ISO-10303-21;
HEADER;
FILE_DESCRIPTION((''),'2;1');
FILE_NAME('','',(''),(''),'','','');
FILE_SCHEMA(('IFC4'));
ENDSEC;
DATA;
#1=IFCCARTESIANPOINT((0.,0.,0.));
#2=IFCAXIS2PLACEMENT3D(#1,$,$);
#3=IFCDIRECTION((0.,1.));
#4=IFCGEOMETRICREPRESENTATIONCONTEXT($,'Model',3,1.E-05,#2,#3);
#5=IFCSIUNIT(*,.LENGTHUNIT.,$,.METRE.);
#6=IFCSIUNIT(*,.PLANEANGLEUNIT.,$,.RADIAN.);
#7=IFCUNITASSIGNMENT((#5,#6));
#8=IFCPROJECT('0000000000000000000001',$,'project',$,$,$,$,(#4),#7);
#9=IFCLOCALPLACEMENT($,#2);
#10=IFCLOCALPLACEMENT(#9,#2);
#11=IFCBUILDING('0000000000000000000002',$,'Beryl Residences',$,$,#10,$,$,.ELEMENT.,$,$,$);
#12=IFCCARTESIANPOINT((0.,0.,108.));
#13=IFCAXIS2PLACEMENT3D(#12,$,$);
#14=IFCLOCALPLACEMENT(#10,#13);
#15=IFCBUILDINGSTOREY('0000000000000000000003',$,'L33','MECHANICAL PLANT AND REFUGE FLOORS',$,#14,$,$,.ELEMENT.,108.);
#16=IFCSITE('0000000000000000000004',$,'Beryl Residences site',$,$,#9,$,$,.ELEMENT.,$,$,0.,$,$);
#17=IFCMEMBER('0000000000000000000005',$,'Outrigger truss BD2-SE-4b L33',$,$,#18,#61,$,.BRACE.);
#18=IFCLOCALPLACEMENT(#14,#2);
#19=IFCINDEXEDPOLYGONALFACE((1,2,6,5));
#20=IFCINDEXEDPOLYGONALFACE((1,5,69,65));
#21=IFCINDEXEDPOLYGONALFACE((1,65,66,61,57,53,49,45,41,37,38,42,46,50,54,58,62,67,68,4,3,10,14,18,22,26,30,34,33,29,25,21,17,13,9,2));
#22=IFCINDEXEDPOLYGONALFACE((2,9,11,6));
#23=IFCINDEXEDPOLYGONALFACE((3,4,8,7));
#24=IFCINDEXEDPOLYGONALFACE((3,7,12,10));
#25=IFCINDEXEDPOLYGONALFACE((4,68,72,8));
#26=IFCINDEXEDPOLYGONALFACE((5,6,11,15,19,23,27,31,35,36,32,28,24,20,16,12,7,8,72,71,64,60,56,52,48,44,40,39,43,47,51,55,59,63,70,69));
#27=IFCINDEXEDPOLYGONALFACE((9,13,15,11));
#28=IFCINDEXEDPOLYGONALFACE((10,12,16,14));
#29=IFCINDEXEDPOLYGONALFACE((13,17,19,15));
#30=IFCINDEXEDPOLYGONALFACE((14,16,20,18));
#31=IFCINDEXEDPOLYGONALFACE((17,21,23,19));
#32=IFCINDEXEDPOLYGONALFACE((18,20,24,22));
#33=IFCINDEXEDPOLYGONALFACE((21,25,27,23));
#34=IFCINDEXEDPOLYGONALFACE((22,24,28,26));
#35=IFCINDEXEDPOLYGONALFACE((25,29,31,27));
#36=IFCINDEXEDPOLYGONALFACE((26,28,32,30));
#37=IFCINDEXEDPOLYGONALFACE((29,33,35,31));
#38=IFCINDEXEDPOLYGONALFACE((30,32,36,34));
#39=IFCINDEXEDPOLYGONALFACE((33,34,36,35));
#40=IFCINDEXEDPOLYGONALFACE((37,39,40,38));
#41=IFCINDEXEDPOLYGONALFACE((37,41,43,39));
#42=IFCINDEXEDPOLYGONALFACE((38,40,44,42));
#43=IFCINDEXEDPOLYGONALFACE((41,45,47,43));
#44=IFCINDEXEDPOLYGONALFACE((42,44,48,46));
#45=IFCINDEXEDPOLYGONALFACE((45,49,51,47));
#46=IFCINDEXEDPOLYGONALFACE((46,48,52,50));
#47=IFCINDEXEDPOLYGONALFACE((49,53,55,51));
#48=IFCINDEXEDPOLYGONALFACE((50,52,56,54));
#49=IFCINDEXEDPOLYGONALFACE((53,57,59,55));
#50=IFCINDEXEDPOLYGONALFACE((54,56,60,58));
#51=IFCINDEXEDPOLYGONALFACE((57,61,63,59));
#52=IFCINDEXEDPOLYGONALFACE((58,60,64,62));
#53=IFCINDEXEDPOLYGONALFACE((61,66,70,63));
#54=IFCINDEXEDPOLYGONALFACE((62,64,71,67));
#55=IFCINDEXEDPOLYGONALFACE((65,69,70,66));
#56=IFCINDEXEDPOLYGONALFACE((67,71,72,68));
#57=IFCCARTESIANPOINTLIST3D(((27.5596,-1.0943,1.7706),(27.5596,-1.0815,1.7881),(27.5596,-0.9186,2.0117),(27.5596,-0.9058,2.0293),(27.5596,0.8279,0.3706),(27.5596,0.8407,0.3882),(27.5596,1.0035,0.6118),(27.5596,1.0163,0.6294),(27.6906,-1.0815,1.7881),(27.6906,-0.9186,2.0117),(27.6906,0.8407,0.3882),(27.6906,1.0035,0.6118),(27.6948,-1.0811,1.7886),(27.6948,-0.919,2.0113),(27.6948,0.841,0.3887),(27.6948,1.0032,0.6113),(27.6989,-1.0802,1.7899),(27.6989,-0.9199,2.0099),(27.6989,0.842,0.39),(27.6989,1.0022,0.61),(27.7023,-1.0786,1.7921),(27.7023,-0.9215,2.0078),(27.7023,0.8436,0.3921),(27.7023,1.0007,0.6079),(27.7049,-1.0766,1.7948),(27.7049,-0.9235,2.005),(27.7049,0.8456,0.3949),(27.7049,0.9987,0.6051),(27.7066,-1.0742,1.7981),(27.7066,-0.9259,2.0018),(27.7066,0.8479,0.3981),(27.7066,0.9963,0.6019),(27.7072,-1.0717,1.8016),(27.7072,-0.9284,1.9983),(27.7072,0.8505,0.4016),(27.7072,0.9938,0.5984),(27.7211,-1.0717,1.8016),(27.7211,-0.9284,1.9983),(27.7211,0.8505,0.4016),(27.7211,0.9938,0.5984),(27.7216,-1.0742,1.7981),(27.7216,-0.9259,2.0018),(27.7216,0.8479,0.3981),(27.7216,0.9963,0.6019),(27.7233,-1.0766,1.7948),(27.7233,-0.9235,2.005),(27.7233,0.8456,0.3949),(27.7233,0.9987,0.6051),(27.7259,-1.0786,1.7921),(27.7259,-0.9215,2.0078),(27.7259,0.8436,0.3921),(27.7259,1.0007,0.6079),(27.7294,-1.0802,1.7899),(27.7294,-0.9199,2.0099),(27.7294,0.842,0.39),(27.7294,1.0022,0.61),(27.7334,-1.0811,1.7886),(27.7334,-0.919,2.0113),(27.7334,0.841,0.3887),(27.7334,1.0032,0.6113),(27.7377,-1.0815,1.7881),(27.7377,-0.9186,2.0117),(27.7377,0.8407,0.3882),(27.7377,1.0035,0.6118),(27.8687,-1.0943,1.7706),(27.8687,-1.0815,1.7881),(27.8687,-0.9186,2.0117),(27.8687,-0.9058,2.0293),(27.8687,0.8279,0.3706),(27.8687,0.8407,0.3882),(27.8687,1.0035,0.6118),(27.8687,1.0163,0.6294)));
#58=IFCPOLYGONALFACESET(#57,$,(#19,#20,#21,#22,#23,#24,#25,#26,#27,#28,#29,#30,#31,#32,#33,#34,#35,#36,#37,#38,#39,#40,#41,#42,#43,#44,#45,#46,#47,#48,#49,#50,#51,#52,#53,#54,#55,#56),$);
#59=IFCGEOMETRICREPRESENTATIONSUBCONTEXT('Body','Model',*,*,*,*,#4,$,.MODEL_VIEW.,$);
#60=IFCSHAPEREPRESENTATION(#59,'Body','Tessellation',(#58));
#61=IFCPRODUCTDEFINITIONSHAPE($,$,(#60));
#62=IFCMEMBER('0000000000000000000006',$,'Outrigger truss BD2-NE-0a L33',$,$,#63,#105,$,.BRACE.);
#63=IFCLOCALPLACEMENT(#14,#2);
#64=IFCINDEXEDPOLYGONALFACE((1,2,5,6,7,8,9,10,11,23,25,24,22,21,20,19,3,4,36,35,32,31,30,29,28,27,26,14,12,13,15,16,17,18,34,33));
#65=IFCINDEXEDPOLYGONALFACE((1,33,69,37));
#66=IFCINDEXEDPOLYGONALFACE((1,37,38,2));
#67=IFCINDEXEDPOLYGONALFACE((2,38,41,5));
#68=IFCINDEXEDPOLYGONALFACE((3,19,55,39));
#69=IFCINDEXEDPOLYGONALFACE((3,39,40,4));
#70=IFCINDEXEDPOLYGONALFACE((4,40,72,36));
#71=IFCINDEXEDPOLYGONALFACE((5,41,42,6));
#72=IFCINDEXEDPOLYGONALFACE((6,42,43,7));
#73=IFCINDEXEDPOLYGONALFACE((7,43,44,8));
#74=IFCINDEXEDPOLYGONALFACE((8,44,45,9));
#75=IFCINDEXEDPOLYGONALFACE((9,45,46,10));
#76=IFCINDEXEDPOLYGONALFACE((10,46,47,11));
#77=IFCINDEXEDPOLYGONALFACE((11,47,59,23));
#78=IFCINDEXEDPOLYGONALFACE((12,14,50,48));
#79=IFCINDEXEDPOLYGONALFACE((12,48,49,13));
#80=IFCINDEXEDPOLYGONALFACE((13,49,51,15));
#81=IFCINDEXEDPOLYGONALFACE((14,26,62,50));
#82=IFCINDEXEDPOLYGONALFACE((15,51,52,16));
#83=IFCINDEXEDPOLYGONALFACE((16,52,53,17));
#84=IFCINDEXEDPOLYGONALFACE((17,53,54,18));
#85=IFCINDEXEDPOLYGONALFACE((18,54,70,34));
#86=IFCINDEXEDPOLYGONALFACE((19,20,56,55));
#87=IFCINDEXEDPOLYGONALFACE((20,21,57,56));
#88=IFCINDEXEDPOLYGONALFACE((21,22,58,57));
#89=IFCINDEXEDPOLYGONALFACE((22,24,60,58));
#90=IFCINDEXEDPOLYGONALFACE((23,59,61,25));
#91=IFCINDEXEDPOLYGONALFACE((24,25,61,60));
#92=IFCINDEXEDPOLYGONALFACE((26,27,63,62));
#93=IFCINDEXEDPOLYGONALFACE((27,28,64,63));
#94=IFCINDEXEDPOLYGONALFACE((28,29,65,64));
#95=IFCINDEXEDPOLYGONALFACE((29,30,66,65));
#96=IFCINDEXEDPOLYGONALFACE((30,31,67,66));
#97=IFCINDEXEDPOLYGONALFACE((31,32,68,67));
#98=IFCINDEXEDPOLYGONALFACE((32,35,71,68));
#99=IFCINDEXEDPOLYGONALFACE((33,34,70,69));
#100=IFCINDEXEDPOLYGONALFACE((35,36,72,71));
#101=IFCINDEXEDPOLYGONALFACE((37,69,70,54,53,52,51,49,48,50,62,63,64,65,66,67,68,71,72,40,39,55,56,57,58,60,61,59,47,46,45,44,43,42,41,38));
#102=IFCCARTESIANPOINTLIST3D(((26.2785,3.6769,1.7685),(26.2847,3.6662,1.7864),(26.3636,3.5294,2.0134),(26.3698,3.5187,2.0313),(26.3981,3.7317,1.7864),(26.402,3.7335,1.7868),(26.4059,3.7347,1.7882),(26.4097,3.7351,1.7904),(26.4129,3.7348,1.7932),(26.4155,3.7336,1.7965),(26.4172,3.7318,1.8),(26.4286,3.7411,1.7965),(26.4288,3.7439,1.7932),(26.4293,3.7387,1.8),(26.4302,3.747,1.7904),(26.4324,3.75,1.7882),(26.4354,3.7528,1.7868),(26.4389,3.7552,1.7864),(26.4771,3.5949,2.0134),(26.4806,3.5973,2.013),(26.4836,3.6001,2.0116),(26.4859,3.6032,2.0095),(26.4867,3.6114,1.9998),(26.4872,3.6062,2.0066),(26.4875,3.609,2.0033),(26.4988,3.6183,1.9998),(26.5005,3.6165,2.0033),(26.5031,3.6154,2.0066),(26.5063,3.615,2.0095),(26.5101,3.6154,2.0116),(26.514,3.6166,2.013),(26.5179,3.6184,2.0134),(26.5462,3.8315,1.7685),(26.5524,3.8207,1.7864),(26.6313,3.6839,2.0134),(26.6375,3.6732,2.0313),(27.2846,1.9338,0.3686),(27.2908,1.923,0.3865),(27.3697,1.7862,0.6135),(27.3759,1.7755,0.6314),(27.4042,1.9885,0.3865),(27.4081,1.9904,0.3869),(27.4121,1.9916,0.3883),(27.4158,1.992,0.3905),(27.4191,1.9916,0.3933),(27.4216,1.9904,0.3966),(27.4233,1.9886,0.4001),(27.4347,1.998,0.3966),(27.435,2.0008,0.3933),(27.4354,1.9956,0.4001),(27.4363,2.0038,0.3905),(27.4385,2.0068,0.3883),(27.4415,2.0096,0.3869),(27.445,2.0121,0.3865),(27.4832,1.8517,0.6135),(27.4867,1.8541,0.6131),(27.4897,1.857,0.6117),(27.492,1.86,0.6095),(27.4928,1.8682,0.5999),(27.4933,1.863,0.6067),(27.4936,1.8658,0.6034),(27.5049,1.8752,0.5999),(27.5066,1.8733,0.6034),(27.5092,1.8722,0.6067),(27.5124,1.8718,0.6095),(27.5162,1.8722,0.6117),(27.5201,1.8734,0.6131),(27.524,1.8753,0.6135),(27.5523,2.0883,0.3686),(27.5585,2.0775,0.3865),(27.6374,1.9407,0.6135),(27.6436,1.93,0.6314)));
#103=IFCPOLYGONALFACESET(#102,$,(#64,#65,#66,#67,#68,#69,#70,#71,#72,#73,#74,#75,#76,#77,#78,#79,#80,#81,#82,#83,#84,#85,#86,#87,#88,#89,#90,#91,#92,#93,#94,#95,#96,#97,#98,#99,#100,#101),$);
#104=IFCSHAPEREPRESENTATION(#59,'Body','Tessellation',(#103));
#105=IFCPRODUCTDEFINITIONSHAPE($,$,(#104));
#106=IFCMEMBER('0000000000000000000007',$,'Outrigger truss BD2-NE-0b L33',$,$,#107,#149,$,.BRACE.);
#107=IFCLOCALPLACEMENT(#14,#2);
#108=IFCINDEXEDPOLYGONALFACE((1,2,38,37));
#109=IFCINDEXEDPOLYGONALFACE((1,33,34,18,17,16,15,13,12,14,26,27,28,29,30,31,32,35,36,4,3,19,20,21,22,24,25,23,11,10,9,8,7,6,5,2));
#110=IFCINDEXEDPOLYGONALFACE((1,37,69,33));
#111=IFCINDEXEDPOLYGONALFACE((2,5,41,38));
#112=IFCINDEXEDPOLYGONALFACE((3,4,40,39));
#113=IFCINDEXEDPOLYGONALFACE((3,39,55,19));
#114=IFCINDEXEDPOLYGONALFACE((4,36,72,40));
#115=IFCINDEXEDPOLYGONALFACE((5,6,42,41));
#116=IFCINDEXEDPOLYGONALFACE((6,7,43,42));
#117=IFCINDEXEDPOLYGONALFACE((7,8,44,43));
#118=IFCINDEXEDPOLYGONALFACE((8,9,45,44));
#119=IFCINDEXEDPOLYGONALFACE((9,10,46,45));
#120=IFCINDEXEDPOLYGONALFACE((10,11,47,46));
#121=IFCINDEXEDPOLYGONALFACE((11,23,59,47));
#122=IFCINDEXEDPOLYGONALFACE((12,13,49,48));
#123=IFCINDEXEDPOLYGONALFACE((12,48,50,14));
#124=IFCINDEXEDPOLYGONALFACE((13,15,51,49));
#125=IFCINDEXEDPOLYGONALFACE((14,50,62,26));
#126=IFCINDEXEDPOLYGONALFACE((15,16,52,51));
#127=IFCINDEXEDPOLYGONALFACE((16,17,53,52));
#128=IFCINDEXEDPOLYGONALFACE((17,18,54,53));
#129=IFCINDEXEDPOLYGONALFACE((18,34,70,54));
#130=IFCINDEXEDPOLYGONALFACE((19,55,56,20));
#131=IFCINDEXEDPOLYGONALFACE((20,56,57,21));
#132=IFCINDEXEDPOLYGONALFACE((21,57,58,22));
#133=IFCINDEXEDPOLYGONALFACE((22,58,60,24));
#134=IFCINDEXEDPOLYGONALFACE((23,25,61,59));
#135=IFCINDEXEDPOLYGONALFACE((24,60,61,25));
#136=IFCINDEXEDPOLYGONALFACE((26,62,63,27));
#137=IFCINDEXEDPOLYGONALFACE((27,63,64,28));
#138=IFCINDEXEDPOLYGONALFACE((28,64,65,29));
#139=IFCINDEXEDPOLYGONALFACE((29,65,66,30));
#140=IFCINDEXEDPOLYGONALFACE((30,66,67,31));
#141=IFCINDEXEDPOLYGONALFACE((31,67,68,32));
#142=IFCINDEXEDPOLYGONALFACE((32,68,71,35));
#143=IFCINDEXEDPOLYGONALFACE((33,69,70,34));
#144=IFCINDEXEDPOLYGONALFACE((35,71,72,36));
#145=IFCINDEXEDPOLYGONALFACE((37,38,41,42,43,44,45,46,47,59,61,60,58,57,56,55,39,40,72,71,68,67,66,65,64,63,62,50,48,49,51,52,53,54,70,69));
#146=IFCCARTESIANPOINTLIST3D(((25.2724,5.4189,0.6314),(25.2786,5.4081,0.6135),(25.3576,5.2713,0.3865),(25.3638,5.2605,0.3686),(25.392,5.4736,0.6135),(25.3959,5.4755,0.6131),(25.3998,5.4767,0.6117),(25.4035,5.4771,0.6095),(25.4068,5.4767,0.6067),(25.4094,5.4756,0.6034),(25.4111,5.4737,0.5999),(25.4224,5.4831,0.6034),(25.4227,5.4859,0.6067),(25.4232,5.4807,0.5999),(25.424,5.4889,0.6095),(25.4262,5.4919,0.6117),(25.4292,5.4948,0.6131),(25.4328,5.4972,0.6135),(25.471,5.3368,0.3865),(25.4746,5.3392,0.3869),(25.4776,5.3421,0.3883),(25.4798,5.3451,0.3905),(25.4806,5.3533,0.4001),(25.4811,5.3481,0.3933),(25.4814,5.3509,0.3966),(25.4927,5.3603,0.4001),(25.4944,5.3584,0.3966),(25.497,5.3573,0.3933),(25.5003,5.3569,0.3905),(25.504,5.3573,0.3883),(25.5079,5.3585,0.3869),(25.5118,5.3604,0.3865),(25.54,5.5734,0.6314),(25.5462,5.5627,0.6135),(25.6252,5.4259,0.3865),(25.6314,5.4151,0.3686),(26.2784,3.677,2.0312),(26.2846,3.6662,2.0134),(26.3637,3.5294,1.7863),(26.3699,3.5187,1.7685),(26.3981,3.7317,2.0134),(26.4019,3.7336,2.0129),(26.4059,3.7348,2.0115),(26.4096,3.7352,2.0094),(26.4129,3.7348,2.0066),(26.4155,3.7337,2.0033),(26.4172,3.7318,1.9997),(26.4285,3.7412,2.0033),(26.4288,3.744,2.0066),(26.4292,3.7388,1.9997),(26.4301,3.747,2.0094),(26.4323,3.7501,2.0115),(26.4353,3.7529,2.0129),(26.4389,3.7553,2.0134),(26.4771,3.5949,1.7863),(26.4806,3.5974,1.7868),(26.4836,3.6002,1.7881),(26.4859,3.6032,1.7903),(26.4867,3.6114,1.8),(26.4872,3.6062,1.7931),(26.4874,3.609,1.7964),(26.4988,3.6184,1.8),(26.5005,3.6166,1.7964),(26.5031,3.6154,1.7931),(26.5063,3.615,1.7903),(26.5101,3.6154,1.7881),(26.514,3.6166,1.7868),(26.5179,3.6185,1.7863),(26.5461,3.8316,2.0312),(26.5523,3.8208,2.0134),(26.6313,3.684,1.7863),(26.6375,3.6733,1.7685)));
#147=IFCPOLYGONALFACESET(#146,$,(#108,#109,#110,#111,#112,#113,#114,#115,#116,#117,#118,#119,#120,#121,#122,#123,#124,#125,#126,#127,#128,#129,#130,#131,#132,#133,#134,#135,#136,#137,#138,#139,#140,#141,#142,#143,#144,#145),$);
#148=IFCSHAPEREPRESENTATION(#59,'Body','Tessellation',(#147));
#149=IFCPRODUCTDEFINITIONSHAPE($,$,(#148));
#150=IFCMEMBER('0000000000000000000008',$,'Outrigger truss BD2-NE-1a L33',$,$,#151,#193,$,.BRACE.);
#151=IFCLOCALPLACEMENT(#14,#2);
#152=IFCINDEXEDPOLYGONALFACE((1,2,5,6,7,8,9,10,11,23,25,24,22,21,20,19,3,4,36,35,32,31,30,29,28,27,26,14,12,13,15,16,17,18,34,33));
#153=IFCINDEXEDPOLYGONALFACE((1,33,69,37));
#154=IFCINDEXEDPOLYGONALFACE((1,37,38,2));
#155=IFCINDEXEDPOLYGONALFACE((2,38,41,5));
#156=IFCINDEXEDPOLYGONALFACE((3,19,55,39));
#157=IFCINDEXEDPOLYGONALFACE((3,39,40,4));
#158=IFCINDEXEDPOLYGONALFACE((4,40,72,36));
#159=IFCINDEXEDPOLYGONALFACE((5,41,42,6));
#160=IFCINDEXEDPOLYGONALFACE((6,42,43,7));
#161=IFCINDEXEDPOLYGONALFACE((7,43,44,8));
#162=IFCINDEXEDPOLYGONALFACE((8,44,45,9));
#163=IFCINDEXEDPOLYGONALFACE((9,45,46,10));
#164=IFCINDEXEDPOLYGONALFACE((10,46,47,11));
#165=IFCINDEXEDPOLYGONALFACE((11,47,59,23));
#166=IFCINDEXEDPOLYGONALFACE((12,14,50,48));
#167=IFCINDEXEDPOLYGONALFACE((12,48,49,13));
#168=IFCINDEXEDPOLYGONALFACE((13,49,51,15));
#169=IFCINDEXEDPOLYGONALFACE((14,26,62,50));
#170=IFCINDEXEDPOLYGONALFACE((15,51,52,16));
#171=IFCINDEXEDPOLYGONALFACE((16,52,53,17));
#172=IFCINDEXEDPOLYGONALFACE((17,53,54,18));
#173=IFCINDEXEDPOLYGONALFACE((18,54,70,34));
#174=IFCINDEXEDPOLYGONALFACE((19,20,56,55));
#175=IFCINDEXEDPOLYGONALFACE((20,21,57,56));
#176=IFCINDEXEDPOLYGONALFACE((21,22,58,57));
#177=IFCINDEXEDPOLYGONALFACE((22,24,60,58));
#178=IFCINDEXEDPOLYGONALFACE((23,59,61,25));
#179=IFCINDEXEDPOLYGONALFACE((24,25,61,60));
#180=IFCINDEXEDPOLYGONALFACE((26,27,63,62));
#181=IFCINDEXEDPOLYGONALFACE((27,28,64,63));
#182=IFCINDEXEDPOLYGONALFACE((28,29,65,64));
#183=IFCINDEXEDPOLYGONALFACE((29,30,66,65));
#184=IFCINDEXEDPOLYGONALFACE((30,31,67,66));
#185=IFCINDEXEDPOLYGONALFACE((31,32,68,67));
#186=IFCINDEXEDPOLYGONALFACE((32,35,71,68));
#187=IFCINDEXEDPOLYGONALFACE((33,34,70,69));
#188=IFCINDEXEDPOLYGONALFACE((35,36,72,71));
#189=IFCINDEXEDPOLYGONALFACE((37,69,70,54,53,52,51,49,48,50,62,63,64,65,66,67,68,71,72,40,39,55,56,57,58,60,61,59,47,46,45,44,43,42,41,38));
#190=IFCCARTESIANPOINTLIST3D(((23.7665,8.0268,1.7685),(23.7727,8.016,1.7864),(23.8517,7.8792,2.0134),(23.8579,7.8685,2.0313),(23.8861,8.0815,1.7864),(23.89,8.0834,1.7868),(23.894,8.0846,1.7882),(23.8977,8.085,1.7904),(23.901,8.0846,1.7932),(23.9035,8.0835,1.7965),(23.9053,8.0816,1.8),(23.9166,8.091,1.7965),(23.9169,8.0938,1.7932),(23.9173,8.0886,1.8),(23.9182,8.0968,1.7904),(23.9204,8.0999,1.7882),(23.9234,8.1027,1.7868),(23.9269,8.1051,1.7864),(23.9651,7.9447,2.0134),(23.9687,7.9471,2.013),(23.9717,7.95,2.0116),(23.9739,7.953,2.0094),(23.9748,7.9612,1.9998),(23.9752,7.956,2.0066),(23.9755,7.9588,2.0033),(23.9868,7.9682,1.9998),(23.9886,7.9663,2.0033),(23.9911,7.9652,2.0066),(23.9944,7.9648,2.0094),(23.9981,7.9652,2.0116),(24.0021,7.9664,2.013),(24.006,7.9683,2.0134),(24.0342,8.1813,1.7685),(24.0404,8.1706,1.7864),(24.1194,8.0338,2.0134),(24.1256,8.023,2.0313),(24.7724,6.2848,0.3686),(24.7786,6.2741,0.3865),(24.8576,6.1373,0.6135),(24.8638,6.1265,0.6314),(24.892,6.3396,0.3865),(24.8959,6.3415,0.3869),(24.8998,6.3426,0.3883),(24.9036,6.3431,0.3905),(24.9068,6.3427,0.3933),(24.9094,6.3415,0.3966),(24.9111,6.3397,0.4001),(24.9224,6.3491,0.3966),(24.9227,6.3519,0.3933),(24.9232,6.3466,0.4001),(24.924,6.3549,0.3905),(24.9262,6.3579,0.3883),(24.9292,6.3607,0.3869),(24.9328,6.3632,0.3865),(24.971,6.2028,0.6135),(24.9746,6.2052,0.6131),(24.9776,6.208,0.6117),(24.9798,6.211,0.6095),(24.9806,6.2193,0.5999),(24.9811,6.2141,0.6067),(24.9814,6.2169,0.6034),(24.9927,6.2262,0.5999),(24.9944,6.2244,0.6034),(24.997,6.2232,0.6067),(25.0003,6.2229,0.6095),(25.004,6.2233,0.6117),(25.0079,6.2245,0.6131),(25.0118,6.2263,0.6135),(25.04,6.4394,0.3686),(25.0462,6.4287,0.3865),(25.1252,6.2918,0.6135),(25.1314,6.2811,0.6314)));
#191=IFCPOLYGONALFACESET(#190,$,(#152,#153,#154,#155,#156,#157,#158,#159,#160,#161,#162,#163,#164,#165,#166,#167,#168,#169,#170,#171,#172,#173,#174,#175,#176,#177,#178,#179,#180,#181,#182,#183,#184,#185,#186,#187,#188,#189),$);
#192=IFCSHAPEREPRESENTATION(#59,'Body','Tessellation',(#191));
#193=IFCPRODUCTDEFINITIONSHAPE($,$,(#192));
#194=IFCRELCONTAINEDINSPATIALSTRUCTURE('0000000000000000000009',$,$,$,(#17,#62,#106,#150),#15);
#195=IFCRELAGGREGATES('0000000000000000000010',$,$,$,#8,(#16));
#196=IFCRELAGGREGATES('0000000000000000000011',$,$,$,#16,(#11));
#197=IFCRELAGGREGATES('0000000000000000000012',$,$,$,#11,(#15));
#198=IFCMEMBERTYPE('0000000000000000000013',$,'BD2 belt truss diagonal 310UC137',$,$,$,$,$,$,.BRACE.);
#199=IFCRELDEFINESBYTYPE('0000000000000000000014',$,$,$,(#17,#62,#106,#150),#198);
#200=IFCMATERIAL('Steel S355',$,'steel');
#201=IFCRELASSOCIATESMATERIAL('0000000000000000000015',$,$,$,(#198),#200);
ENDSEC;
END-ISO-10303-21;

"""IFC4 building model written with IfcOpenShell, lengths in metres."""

from ifc_helpers import new_model, si_unit, direction, frame, origin, origin_2d, place, context, subcontext, project, spatial, i_section, extrude, material, material_profile, profile_set, type_object, element, save


model = new_model("IFC4")

# Units and contexts
model_context = context("Model", 3, precision=1e-05, world=origin(), true_north=direction((0.0, 1.0)))
body_context = subcontext(model_context, "Body", "Model", "MODEL_VIEW")
ifc_project = project(units=[si_unit("LENGTHUNIT", "METRE"), si_unit("PLANEANGLEUNIT", "RADIAN")], contexts=[model_context])

# Site, building, storey
site_placement = place(None, origin())
site = spatial("IfcSite", under=ifc_project, at=site_placement, Name="Beryl Residences site", CompositionType="ELEMENT", RefElevation=0.0)
building_placement = place(site_placement, origin())
building = spatial("IfcBuilding", under=site, at=building_placement, Name="Beryl Residences", CompositionType="ELEMENT")
storey_placement = place(building_placement, frame((0.0, 0.0, 108.0)))
storey = spatial("IfcBuildingStorey", under=building, at=storey_placement, Name="L33", Description="MECHANICAL PLANT AND REFUGE FLOORS", CompositionType="ELEMENT", Elevation=108.0)

# Members
ifc_material_1 = material(Name="Steel S355", Category="steel")
ifc_material_profile_1 = material_profile(ifc_material_1, i_section(OverallWidth=0.3091, OverallDepth=0.3201, WebThickness=0.0139, FlangeThickness=0.0217, FilletRadius=0.0166, at=origin_2d()))
ifc_profile_set_1 = profile_set([ifc_material_profile_1], Name="Steel S355")
member_type_1 = type_object("IfcMemberType", Name="BD2 belt truss diagonal 310UC137", PredefinedType="BRACE", material=ifc_profile_set_1)
for number, where, z_axis, x_axis, name in (
    (1, (27.7141, 0.9221, 0.5), (0.0, -0.808336, 0.588721), (1.0, 0.0, 0.0), "Outrigger truss BD2-SE-4b L33"),
):
    element("IfcMember", number, at=place(storey_placement, frame(where, z_axis=z_axis, x_axis=x_axis)), inside=storey, type_object=member_type_1, Name=name, PredefinedType="BRACE", context=body_context, shape_type="SweptSolid", body=[
        extrude(i_section(OverallWidth=0.3091, OverallDepth=0.3201, WebThickness=0.0139, FlangeThickness=0.0217, FilletRadius=0.0166, at=origin_2d()), origin(), (0.0, 0.0, 1.0), 2.3779),
    ])
member_1_placement = place(storey_placement, frame((27.4641, 1.9319, 0.5), z_axis=(-0.410378, 0.711016, 0.571004), x_axis=(-0.866093, -0.499883, 0.0)))
element("IfcMember", 2, at=member_1_placement, inside=storey, type_object=member_type_1, Name="Outrigger truss BD2-NE-0a L33", PredefinedType="BRACE", context=body_context, shape_type="SweptSolid", body=[
    extrude(i_section(OverallWidth=0.3091, OverallDepth=0.3201, WebThickness=0.0139, FlangeThickness=0.0217, FilletRadius=0.0166, at=origin_2d()), origin(), (0.0, 0.0, 1.0), 2.4517),
])
for number, where, z_axis, x_axis, name in (
    (3, (25.4519, 5.417, 0.5), (0.410523, -0.71077, 0.571206), (0.865941, 0.500146, 0.0), "Outrigger truss BD2-NE-0b L33"),
    (4, (24.9519, 6.283, 0.5), (-0.41044, 0.710799, 0.57123), (-0.865994, -0.500055, 0.0), "Outrigger truss BD2-NE-1a L33"),
):
    element("IfcMember", number, at=place(storey_placement, frame(where, z_axis=z_axis, x_axis=x_axis)), inside=storey, type_object=member_type_1, Name=name, PredefinedType="BRACE", context=body_context, shape_type="SweptSolid", body=[
        extrude(i_section(OverallWidth=0.3091, OverallDepth=0.3201, WebThickness=0.0139, FlangeThickness=0.0217, FilletRadius=0.0166, at=origin_2d()), origin(), (0.0, 0.0, 1.0), 2.4507),
    ])

save(model, "model.ifc")
